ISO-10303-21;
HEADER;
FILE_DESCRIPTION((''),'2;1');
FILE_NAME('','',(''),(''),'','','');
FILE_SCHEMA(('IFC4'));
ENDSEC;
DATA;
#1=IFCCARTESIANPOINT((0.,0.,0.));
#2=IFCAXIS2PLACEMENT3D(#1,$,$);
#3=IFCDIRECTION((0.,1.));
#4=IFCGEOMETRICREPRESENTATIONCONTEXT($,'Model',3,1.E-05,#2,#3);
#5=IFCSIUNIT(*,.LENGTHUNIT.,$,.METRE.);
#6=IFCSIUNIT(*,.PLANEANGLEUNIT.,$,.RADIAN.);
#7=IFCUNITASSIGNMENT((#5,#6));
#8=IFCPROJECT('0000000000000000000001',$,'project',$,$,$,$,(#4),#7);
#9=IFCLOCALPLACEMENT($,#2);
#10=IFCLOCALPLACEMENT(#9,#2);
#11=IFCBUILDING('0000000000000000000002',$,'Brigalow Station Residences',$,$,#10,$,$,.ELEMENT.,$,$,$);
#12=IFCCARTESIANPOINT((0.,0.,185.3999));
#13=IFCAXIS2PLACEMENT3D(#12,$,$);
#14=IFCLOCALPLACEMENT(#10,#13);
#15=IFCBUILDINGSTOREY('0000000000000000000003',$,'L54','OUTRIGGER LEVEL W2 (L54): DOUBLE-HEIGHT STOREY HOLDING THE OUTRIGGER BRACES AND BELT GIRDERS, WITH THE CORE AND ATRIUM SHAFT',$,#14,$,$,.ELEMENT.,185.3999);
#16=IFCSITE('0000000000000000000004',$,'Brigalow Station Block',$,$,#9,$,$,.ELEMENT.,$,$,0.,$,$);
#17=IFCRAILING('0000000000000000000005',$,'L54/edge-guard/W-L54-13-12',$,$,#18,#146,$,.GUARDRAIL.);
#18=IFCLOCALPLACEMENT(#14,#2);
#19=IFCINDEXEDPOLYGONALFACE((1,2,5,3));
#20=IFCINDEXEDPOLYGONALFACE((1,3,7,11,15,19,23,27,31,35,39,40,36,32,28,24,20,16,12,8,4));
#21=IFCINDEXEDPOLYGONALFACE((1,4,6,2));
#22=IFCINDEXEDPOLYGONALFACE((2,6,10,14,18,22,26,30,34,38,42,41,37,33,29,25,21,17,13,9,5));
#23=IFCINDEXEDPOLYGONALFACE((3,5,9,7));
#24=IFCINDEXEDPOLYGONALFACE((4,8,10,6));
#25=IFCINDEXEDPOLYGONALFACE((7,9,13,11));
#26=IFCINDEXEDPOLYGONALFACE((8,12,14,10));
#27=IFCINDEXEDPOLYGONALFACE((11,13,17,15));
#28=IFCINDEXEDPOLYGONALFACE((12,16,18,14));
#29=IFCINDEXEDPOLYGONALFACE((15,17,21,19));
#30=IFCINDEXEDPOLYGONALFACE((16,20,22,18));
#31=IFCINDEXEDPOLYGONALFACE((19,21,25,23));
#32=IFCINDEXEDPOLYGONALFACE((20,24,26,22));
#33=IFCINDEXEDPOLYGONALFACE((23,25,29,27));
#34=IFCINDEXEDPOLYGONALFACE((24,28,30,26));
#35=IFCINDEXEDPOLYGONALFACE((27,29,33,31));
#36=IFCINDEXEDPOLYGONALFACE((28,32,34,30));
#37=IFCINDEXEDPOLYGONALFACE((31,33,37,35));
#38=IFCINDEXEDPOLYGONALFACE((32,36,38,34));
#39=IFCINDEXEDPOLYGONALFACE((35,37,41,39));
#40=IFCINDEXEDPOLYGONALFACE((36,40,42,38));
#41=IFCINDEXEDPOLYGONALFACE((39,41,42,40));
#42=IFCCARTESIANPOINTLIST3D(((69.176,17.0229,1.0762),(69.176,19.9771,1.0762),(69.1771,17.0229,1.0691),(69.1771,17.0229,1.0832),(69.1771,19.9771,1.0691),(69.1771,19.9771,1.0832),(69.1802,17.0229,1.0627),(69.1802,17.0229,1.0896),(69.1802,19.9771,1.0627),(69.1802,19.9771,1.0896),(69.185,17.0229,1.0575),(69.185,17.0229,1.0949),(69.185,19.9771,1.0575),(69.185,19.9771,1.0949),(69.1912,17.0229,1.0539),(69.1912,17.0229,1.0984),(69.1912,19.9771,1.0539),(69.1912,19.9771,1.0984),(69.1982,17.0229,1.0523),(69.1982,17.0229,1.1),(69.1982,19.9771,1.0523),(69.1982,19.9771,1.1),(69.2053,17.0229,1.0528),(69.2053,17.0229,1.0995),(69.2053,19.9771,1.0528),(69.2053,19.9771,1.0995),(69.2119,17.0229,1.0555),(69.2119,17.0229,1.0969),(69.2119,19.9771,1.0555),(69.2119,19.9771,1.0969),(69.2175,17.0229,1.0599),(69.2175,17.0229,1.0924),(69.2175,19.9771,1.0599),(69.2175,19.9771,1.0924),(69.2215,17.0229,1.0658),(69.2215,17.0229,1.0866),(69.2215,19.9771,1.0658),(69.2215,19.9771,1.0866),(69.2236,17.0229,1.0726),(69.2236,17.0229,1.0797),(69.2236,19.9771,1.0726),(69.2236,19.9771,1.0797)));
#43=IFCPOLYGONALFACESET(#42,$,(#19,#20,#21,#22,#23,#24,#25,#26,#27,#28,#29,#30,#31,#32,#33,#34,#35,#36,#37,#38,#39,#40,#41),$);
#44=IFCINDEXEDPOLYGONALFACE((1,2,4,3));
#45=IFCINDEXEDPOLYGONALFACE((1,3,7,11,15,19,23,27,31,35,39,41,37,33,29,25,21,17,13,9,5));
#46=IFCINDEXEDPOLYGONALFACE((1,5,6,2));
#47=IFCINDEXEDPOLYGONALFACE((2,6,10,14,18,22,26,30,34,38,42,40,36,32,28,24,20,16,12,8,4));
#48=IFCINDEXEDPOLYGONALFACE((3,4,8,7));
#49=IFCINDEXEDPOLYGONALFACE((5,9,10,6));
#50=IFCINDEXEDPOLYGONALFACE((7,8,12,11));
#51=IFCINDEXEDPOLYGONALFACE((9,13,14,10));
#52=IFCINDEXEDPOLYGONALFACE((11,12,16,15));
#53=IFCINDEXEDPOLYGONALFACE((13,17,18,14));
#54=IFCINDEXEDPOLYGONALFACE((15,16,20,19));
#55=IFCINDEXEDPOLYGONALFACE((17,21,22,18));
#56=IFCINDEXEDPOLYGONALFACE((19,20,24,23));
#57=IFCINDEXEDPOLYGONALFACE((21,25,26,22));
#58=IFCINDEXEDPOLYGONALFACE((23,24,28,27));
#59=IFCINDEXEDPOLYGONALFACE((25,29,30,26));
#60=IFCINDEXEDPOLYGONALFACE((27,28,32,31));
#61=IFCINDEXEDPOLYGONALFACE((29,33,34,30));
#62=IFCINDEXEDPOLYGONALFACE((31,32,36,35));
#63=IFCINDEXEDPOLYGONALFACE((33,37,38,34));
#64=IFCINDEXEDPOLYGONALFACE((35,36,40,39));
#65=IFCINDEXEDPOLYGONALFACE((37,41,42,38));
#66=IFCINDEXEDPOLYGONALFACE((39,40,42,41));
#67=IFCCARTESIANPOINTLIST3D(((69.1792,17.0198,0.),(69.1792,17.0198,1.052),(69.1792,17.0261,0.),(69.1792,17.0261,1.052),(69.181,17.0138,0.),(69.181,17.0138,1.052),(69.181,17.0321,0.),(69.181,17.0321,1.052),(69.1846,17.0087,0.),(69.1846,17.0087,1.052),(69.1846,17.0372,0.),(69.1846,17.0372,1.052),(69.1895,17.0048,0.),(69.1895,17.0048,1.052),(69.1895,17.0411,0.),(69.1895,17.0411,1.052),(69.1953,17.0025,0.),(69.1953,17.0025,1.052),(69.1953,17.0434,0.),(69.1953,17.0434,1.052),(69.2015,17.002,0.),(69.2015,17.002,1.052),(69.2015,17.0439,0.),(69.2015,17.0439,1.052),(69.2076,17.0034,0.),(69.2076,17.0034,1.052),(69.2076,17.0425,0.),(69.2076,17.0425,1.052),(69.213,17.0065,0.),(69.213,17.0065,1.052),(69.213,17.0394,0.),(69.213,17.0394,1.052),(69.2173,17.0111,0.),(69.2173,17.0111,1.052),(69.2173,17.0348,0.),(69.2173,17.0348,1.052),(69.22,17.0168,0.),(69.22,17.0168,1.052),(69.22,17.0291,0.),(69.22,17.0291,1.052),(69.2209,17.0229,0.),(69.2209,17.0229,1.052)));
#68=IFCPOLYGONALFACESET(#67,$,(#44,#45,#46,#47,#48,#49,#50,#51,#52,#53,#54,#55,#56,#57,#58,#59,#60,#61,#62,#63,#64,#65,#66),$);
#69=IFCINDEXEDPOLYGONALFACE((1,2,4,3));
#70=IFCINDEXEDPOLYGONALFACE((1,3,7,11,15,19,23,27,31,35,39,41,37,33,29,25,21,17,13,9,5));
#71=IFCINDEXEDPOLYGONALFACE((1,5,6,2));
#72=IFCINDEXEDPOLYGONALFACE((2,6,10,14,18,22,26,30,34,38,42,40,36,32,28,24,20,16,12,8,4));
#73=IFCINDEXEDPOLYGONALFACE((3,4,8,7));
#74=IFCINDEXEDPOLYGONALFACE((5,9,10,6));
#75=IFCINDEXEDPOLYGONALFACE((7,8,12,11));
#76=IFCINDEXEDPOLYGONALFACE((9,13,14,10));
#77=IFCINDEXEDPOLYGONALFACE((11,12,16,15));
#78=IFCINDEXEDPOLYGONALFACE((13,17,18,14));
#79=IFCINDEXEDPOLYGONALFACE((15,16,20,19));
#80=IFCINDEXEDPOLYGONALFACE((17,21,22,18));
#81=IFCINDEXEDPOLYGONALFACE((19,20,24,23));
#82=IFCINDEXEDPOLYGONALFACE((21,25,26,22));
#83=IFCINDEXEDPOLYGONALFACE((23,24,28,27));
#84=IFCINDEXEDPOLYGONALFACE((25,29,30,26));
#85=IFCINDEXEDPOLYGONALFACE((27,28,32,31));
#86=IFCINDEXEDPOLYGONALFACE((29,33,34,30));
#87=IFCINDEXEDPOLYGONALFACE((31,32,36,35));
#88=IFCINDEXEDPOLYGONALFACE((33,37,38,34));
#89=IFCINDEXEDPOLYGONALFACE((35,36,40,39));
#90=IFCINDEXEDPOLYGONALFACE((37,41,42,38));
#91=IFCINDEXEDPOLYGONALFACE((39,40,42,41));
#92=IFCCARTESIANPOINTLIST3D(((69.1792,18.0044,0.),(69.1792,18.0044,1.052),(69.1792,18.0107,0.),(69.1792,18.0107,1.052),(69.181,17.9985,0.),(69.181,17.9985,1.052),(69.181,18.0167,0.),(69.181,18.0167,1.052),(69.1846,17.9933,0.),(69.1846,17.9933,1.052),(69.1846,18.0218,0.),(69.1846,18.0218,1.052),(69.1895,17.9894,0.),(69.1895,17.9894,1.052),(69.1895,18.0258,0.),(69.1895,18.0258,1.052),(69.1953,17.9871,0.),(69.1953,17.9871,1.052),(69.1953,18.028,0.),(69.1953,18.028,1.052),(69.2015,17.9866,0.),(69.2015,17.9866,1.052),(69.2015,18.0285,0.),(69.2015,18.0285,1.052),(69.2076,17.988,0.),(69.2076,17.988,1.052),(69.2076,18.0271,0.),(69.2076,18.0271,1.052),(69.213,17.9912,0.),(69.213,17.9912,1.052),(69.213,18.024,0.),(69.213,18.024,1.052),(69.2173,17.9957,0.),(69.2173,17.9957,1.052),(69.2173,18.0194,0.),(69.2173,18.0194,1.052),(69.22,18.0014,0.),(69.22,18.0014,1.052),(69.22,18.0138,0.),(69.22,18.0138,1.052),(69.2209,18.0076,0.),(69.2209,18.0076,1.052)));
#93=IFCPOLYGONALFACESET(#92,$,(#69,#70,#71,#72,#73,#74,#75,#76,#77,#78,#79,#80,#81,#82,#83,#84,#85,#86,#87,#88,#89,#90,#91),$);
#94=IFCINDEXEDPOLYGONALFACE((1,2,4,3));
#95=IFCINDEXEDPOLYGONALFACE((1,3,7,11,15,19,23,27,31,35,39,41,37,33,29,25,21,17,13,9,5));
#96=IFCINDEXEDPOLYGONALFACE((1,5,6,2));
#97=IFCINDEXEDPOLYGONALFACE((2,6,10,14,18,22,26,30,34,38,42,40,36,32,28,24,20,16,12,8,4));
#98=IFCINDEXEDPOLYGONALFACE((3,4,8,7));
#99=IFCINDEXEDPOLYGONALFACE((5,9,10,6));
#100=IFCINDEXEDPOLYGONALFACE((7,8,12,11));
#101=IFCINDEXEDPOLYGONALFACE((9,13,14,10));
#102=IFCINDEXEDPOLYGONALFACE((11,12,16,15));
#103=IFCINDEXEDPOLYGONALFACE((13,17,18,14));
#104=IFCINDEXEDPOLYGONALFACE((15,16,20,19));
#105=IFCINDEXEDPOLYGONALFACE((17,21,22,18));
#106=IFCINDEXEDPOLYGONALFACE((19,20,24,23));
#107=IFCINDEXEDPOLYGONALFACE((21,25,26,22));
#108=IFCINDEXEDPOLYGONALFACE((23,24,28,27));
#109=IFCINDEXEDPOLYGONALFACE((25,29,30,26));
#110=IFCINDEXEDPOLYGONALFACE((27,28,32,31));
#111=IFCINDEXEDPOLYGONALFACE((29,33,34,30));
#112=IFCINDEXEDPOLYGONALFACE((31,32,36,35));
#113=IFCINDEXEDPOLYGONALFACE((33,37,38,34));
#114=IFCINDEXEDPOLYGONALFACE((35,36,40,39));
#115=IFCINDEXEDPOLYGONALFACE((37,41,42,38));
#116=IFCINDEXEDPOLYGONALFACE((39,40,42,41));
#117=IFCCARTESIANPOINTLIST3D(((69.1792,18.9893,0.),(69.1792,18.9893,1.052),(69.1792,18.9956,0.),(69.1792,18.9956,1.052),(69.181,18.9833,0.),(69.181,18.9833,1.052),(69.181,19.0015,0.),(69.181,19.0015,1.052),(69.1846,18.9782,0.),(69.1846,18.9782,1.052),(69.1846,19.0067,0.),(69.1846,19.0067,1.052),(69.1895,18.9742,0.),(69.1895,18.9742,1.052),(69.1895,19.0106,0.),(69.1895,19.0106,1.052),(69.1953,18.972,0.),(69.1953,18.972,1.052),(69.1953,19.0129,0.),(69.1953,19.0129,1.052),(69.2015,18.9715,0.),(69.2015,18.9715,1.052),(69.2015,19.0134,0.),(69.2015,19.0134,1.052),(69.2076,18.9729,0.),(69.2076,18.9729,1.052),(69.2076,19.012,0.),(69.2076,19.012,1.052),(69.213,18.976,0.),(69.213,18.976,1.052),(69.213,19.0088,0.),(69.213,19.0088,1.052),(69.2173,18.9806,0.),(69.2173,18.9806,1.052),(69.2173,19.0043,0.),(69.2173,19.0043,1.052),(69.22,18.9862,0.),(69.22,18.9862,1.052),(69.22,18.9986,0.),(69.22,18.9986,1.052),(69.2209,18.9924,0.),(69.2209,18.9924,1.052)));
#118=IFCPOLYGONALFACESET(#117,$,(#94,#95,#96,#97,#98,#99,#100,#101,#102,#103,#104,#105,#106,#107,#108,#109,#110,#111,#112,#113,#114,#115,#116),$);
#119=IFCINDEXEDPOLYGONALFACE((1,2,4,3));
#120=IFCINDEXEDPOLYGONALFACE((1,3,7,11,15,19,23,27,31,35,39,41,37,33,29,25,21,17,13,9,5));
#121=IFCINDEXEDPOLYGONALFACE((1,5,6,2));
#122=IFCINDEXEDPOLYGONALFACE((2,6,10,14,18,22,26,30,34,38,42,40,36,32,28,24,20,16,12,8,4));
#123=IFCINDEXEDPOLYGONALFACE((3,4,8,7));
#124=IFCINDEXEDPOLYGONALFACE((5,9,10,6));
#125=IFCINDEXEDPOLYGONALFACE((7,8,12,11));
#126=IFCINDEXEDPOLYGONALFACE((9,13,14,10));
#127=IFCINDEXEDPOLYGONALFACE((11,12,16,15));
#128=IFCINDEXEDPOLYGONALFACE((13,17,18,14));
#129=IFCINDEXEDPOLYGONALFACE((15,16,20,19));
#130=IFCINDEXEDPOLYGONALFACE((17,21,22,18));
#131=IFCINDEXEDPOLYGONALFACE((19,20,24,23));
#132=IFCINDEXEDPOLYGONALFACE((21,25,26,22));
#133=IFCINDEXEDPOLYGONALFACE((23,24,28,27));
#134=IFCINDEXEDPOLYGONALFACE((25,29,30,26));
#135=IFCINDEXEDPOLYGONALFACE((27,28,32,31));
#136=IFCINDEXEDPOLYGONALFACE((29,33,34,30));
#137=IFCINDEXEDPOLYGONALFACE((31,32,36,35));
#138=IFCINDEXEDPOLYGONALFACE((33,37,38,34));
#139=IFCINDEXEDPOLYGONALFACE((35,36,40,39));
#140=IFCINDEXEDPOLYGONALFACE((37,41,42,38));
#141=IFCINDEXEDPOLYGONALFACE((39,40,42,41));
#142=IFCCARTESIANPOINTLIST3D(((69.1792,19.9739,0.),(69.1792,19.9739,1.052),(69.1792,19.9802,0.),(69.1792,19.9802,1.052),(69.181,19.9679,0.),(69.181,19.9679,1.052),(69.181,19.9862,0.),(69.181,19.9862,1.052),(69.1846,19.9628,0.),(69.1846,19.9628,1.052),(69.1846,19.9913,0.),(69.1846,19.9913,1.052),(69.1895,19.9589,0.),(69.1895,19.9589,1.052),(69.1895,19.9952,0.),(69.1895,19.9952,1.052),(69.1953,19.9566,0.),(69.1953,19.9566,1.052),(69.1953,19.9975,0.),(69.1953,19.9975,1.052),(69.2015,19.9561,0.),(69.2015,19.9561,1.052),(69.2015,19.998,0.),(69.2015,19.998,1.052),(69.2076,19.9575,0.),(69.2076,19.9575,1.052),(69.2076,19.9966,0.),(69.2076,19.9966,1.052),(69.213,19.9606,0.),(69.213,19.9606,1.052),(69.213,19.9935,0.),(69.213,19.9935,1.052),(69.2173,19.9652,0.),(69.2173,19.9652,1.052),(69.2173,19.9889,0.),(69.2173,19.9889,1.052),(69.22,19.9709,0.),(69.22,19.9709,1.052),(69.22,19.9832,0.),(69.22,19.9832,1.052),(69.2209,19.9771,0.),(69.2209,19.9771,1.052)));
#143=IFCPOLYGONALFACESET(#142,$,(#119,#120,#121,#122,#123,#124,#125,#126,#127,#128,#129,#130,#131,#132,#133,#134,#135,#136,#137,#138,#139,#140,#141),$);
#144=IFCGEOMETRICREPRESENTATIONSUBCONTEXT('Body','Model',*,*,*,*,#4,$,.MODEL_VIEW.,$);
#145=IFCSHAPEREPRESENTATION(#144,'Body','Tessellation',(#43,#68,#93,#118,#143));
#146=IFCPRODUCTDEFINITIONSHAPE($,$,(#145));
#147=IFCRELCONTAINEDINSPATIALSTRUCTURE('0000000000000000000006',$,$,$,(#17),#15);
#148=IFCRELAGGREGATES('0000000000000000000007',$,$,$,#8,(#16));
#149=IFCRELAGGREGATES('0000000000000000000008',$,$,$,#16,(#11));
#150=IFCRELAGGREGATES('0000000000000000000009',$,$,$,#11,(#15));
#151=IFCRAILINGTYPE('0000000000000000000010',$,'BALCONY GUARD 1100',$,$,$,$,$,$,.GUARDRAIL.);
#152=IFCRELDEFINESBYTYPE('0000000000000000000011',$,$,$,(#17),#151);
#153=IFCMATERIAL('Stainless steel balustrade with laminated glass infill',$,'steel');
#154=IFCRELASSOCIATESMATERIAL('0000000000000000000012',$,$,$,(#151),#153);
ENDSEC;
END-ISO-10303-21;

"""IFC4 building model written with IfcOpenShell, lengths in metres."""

from ifc_helpers import new_model, si_unit, direction, frame, origin, origin_2d, place, context, subcontext, project, spatial, circle, extrude, material, type_object, element, save


model = new_model("IFC4")

# Units and contexts
model_context = context("Model", 3, precision=1e-05, world=origin(), true_north=direction((0.0, 1.0)))
body_context = subcontext(model_context, "Body", "Model", "MODEL_VIEW")
ifc_project = project(units=[si_unit("LENGTHUNIT", "METRE"), si_unit("PLANEANGLEUNIT", "RADIAN")], contexts=[model_context])

# Site, building, storey
site_placement = place(None, origin())
site = spatial("IfcSite", under=ifc_project, at=site_placement, Name="Brigalow Station Block", CompositionType="ELEMENT", RefElevation=0.0)
building_placement = place(site_placement, origin())
building = spatial("IfcBuilding", under=site, at=building_placement, Name="Brigalow Station Residences", CompositionType="ELEMENT")
storey_placement = place(building_placement, frame((0.0, 0.0, 185.3999)))
storey = spatial("IfcBuildingStorey", under=building, at=storey_placement, Name="L54", Description="OUTRIGGER LEVEL W2 (L54): DOUBLE-HEIGHT STOREY HOLDING THE OUTRIGGER BRACES AND BELT GIRDERS, WITH THE CORE AND ATRIUM SHAFT", CompositionType="ELEMENT", Elevation=185.3999)

# Railing
ifc_material_1 = material(Name="Stainless steel balustrade with laminated glass infill", Category="steel")
railing_type = type_object("IfcRailingType", Name="BALCONY GUARD 1100", PredefinedType="GUARDRAIL", material=ifc_material_1)
for number, where, name in (
    (1, (69.2, 17.0229, 0.0), "L54/edge-guard/W-L54-13-12"),
):
    element("IfcRailing", number, at=place(storey_placement, frame(where)), inside=storey, type_object=railing_type, Name=name, PredefinedType="GUARDRAIL", context=body_context, shape_type="SweptSolid", body=[
        extrude(circle(Radius=0.0239, at=origin_2d()), frame((0.0, 0.0, 1.0762), z_axis=(0.0, 1.0, 0.0), x_axis=(-1.0, 0.0, 0.0)), (0.0, 0.0, 1.0), 2.9541),
        extrude(circle(Radius=0.021, at=origin_2d()), origin(), (0.0, 0.0, 1.0), 1.052),
        extrude(circle(Radius=0.021, at=origin_2d()), frame((0.0, 0.9846, 0.0)), (0.0, 0.0, 1.0), 1.052),
        extrude(circle(Radius=0.021, at=origin_2d()), frame((0.0, 1.9695, 0.0)), (0.0, 0.0, 1.0), 1.052),
        extrude(circle(Radius=0.021, at=origin_2d()), frame((0.0, 2.9541, 0.0)), (0.0, 0.0, 1.0), 1.052),
    ])

save(model, "model.ifc")
